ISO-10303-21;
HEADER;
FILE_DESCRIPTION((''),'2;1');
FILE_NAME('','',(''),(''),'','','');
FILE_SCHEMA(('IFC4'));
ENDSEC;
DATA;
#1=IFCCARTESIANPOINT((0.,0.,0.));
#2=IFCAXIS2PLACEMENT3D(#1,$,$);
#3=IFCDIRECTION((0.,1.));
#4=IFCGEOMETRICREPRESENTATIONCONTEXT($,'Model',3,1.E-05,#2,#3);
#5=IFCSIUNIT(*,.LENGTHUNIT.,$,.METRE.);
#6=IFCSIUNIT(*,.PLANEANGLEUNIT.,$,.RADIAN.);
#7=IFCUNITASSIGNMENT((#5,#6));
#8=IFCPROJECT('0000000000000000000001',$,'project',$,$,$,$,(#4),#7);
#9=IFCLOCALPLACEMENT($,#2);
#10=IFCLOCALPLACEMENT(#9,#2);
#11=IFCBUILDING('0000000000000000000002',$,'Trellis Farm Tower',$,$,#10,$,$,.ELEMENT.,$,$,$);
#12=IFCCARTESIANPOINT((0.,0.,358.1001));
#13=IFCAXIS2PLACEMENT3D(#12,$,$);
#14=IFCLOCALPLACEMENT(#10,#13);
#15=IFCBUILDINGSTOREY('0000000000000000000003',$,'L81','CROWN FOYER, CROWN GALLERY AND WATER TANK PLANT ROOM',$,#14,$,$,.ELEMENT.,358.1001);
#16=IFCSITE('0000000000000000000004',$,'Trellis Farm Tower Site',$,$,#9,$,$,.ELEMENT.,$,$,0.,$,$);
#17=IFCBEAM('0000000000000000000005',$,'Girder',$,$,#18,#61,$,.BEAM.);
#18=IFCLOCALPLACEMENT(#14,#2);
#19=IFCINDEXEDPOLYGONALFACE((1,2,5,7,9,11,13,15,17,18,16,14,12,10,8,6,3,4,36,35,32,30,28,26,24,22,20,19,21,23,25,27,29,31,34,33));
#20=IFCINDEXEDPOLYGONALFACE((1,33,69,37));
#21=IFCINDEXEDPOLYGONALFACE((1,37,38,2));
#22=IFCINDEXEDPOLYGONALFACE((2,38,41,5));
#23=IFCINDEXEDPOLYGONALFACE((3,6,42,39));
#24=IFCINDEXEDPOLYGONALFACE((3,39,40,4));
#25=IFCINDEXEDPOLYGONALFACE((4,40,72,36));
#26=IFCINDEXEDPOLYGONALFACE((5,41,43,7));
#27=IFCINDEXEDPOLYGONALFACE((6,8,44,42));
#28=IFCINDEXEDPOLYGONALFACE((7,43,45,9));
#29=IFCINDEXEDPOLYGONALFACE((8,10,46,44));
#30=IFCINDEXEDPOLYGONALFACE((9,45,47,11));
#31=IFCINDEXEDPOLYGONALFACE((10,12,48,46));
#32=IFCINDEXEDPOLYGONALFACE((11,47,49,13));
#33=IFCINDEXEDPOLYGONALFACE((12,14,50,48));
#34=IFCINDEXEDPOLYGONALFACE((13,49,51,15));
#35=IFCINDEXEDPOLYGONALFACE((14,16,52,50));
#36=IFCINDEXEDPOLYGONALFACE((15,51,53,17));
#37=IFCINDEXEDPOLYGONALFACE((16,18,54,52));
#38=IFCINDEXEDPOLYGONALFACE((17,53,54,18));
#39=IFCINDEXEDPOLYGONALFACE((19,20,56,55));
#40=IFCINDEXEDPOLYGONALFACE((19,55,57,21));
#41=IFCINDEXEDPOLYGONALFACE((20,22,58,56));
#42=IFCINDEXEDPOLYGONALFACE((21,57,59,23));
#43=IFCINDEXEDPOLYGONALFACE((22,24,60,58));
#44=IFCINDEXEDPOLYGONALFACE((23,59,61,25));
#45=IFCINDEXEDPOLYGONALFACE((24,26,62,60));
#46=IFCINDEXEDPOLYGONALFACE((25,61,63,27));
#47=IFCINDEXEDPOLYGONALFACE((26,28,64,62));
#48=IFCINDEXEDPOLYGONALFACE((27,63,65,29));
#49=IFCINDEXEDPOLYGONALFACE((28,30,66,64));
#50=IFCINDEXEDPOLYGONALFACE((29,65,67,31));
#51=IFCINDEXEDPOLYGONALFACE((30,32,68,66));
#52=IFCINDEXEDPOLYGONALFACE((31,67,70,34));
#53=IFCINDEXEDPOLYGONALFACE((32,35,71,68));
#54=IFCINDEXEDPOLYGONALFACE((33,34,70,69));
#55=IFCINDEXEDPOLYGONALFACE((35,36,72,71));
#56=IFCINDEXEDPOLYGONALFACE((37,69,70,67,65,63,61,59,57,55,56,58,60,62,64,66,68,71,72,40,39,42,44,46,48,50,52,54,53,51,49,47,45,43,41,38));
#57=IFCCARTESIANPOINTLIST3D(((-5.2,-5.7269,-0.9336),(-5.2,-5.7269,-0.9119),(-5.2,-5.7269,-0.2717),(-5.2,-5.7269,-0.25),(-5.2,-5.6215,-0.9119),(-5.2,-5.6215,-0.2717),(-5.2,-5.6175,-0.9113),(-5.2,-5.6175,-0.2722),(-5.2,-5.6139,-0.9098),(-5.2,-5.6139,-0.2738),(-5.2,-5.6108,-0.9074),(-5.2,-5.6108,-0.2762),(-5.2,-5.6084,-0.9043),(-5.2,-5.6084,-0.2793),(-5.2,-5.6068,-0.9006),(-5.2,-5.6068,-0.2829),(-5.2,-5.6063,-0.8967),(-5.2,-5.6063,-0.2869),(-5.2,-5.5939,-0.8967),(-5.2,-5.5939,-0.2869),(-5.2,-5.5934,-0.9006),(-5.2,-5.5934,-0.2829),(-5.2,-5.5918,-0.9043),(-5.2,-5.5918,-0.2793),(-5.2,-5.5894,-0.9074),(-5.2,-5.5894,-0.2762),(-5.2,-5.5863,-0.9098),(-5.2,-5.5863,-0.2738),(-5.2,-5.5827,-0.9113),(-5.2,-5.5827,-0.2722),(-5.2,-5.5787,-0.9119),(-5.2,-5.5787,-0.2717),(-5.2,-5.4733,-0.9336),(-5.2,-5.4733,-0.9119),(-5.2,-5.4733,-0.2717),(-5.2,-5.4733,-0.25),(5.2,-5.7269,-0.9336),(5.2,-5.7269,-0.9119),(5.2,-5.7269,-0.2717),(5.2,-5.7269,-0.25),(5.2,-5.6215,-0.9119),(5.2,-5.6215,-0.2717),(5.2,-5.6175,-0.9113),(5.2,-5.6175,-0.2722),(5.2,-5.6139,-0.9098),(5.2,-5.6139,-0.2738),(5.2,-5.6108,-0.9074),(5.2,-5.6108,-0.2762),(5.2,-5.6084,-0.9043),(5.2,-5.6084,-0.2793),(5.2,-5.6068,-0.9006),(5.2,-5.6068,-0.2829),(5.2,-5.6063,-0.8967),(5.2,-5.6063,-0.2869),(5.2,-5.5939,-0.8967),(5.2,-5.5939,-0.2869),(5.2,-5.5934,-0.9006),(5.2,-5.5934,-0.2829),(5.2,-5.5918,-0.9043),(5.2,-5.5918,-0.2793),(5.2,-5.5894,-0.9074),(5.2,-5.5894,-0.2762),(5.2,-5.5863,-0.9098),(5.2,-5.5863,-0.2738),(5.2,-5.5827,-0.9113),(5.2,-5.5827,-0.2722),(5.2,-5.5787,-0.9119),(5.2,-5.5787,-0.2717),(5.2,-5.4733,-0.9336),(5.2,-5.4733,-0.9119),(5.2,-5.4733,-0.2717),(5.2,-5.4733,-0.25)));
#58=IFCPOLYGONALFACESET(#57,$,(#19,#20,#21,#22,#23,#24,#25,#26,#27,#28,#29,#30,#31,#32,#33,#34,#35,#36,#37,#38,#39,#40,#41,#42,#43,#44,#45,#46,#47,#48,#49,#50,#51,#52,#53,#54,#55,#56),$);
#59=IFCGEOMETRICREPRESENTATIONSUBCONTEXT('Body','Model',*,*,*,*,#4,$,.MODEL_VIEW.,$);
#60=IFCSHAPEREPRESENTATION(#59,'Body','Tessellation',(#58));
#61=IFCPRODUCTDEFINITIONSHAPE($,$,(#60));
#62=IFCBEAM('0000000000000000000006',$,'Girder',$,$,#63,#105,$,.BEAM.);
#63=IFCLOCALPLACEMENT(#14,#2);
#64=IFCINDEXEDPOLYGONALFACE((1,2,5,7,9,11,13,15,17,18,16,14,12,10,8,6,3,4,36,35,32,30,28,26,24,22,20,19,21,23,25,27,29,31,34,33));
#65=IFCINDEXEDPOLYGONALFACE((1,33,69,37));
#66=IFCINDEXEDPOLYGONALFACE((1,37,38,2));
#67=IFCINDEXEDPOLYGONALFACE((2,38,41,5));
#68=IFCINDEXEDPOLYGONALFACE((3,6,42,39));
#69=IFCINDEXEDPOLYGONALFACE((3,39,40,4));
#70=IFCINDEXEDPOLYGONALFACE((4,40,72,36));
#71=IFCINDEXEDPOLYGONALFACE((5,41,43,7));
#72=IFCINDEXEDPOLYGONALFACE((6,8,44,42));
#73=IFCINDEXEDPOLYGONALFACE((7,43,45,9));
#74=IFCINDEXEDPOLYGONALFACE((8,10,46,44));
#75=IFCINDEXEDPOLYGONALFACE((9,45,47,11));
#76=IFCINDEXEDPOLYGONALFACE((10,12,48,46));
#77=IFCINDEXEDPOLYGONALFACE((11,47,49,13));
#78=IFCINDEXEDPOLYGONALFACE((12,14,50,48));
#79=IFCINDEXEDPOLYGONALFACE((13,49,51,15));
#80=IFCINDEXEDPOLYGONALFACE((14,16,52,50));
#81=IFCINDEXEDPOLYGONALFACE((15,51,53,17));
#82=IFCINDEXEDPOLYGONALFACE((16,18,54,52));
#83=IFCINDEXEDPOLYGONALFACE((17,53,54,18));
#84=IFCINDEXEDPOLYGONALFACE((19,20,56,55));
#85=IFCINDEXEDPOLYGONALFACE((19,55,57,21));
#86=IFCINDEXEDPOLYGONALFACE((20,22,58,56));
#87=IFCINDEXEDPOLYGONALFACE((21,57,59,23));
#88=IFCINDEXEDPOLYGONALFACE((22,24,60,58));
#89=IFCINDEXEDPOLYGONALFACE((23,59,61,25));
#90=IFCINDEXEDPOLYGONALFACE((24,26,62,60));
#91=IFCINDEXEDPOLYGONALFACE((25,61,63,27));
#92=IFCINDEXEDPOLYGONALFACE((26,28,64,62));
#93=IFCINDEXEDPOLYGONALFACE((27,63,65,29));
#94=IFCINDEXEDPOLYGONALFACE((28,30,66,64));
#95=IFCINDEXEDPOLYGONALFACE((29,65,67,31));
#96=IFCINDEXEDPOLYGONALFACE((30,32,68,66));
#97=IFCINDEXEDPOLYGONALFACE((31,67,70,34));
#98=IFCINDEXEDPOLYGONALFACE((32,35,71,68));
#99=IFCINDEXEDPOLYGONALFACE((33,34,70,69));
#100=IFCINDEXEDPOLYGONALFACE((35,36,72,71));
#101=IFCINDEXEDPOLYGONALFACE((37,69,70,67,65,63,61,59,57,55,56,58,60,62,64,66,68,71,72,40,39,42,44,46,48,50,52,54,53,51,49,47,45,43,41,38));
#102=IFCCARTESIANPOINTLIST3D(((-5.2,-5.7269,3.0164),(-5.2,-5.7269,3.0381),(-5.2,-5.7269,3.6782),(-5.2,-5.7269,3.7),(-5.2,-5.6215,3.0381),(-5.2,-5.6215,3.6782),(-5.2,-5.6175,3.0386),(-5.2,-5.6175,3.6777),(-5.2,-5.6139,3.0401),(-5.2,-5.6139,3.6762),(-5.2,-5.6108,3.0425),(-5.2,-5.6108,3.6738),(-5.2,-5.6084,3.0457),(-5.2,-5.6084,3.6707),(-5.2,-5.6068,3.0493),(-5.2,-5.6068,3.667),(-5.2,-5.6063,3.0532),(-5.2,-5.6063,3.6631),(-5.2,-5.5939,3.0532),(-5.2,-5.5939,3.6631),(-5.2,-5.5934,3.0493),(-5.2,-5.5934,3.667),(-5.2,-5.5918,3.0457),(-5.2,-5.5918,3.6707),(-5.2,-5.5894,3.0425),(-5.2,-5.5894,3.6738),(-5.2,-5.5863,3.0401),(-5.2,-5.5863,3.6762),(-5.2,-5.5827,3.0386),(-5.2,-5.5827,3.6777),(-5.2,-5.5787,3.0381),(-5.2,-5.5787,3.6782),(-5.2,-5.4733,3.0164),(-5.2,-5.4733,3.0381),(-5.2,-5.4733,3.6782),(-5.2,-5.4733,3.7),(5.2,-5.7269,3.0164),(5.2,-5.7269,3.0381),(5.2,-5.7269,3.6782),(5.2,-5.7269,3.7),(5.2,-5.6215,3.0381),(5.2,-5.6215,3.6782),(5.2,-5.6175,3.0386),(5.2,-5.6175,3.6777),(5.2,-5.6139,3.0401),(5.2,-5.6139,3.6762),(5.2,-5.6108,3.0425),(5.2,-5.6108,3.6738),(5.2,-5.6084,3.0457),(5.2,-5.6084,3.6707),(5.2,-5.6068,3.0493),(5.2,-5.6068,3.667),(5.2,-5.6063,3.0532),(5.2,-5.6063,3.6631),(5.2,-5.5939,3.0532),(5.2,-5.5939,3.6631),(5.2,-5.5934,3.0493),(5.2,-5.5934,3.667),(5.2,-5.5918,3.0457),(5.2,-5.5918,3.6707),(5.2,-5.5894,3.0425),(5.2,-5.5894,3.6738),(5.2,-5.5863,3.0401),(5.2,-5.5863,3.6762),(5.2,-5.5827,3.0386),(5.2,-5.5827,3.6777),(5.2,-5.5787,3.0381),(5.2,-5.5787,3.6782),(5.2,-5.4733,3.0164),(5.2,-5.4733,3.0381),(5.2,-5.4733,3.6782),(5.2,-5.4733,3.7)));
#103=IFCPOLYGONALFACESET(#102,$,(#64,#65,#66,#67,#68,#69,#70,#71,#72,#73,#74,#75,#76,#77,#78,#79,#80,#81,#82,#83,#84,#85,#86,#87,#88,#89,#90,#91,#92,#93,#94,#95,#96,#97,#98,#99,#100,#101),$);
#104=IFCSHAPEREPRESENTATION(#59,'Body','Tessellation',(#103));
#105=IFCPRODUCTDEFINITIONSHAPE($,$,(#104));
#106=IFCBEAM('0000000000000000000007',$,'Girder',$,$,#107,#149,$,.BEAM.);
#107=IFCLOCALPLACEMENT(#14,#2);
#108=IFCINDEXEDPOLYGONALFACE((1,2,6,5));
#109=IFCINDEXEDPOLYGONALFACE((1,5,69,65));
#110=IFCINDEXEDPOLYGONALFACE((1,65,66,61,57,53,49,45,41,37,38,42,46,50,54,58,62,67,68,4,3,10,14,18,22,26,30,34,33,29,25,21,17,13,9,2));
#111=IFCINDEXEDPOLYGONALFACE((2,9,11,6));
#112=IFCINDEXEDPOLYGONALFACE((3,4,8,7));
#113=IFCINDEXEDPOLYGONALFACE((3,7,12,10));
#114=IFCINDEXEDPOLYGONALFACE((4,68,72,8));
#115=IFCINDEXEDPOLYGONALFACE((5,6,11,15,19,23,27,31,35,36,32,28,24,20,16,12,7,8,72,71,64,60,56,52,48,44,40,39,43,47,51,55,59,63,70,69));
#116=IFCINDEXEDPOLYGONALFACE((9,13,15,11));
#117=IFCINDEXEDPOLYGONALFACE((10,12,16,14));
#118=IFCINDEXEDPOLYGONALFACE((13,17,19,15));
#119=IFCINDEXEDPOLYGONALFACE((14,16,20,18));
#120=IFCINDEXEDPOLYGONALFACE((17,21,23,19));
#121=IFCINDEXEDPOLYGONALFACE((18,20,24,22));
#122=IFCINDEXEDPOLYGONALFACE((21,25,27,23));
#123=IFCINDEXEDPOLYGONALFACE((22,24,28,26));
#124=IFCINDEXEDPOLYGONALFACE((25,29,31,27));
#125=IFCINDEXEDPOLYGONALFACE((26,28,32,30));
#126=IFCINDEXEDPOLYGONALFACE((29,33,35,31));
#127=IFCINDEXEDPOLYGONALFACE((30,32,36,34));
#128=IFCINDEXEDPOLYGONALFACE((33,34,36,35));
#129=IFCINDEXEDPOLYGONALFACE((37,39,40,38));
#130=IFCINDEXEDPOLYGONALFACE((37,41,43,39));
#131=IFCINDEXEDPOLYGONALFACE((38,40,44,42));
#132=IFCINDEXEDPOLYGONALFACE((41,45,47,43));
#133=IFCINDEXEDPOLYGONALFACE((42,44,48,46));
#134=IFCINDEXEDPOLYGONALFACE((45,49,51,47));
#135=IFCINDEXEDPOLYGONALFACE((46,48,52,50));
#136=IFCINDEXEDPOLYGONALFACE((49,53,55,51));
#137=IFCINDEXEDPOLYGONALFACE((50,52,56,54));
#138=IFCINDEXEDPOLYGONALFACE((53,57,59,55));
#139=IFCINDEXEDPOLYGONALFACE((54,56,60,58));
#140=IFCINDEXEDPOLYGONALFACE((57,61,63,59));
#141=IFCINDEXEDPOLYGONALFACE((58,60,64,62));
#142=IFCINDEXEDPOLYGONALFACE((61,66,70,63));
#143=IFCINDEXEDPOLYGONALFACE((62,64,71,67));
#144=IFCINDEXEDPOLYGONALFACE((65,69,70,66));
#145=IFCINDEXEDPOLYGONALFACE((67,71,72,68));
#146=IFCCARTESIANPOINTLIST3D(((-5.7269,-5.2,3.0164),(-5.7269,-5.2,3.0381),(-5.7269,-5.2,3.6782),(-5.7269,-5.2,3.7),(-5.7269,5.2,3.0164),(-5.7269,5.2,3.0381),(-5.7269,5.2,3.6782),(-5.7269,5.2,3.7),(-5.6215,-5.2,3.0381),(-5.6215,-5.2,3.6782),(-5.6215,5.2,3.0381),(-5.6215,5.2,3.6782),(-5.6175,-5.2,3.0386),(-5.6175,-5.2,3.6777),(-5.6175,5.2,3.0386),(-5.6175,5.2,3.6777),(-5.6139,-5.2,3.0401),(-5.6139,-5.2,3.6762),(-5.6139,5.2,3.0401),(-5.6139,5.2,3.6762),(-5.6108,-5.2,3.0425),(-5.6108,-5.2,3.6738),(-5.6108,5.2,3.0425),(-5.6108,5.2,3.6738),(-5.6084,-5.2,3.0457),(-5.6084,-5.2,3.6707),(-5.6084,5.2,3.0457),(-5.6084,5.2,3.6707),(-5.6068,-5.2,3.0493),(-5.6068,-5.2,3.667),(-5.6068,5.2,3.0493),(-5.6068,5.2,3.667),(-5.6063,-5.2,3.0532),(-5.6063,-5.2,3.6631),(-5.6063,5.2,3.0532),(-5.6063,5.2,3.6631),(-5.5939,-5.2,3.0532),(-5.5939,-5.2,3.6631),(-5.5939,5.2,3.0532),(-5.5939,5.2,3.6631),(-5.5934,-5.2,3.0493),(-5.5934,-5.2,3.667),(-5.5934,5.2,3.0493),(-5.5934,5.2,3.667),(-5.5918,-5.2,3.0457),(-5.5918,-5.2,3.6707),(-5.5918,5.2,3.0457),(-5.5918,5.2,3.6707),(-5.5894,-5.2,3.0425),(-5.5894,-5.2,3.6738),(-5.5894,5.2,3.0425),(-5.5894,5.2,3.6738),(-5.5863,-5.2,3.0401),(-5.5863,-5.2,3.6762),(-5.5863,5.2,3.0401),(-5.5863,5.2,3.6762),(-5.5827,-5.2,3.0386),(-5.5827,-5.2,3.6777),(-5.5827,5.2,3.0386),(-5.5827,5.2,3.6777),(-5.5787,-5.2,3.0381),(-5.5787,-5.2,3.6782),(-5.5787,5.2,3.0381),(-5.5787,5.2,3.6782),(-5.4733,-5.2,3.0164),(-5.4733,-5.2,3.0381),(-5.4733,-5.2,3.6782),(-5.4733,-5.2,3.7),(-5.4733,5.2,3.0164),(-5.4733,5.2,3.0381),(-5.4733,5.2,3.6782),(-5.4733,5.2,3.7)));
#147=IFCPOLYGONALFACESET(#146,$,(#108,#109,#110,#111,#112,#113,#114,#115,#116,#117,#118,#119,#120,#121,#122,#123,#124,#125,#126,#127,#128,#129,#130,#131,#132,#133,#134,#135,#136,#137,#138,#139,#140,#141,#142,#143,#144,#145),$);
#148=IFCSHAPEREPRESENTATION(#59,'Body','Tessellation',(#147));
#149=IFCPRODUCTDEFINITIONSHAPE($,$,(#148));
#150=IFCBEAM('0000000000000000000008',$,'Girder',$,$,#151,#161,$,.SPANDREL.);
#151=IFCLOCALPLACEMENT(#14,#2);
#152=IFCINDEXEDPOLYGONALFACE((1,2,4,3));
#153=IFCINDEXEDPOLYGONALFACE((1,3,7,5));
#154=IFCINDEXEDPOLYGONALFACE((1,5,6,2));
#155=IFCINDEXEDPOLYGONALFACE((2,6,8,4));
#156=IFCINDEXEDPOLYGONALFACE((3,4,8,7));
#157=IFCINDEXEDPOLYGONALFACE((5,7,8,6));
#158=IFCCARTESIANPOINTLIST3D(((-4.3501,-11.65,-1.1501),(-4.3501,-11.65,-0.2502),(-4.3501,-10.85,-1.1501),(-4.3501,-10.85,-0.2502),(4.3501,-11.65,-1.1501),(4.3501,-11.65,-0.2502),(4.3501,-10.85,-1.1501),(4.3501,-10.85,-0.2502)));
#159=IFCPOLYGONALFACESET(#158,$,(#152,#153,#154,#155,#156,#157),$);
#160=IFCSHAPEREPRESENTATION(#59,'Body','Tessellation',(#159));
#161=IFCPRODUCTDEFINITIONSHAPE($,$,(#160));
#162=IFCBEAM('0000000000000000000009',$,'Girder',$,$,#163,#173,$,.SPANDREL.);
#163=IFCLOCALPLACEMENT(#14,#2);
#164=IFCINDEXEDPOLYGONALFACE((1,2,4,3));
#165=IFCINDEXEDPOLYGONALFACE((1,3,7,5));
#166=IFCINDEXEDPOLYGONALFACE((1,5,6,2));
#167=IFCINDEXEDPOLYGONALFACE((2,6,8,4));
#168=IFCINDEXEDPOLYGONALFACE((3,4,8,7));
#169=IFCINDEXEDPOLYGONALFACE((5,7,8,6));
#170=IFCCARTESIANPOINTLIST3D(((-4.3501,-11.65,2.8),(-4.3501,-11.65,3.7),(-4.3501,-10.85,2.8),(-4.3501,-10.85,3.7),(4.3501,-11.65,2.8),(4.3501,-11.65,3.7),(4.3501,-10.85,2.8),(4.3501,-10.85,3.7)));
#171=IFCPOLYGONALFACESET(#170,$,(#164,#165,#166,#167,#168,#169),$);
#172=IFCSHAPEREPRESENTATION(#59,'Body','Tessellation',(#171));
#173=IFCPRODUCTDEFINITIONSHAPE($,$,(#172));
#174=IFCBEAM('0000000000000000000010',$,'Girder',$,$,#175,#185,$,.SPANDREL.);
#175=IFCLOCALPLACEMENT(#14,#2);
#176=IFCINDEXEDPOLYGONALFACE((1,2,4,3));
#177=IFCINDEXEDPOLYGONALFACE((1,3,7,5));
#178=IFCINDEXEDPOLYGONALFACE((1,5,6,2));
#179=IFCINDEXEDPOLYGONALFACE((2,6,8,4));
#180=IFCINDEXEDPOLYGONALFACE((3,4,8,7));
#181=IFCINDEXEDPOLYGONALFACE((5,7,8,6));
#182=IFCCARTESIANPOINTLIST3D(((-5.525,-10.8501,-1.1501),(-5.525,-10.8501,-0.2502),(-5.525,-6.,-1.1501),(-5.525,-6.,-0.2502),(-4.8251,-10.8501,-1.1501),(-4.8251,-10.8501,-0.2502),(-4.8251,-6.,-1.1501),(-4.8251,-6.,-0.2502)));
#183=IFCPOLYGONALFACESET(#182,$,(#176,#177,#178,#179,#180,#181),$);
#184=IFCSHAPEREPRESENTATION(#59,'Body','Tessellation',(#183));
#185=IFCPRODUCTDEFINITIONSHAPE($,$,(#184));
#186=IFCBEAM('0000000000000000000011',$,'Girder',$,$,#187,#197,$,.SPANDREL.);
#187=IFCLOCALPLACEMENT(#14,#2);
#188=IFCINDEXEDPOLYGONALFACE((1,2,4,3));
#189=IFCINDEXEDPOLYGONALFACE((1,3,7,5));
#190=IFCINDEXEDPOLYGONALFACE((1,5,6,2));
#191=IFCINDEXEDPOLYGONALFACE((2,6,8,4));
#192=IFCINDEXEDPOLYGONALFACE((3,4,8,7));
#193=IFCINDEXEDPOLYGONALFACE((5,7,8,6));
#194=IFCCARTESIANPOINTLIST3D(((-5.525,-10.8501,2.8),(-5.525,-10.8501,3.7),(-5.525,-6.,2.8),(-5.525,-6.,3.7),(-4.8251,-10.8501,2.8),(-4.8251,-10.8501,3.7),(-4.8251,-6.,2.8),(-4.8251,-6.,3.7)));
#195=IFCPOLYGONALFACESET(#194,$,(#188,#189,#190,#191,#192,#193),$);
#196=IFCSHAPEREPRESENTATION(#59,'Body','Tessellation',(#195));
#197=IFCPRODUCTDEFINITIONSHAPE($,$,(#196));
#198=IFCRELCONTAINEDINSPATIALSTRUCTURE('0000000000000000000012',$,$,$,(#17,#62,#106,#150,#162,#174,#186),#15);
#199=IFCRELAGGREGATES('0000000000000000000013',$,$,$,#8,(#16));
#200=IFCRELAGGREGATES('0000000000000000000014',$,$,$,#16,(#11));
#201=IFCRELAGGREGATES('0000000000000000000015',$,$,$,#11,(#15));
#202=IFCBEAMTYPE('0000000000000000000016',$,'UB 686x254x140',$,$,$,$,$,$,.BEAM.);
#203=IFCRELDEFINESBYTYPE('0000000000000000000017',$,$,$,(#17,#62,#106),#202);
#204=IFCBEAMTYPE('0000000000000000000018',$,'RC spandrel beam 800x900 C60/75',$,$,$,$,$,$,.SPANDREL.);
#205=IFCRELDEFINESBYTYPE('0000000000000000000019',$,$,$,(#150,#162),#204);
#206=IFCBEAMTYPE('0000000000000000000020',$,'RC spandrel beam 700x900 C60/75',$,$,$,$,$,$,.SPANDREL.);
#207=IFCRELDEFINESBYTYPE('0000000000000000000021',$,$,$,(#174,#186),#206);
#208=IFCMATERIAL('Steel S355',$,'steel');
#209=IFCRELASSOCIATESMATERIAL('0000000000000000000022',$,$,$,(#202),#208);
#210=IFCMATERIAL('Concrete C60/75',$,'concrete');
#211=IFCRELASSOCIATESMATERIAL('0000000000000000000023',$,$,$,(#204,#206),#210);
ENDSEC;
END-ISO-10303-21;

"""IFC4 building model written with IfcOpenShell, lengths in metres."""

from ifc_helpers import new_model, si_unit, direction, frame, origin, origin_2d, place, context, subcontext, project, spatial, rectangle, i_section, extrude, source, transform, mapped, material, material_profile, profile_set, type_object, element, save


model = new_model("IFC4")

# Units and contexts
model_context = context("Model", 3, precision=1e-05, world=origin(), true_north=direction((0.0, 1.0)))
body_context = subcontext(model_context, "Body", "Model", "MODEL_VIEW")
ifc_project = project(units=[si_unit("LENGTHUNIT", "METRE"), si_unit("PLANEANGLEUNIT", "RADIAN")], contexts=[model_context])

# Site, building, storey
site_placement = place(None, origin())
site = spatial("IfcSite", under=ifc_project, at=site_placement, Name="Trellis Farm Tower Site", CompositionType="ELEMENT", RefElevation=0.0)
building_placement = place(site_placement, origin())
building = spatial("IfcBuilding", under=site, at=building_placement, Name="Trellis Farm Tower", CompositionType="ELEMENT")
storey_placement = place(building_placement, frame((0.0, 0.0, 358.1001)))
storey = spatial("IfcBuildingStorey", under=building, at=storey_placement, Name="L81", Description="CROWN FOYER, CROWN GALLERY AND WATER TANK PLANT ROOM", CompositionType="ELEMENT", Elevation=358.1001)

# Beams
ifc_material_1 = material(Name="Steel S355", Category="steel")
ifc_material_profile_1 = material_profile(ifc_material_1, i_section(OverallWidth=0.2537, OverallDepth=0.6836, WebThickness=0.0125, FlangeThickness=0.0217, FilletRadius=0.0151, at=origin_2d()), Name="UB 686x254x140")
ifc_profile_set_1 = profile_set([ifc_material_profile_1], Name="Steel S355")
beam_type_1 = type_object("IfcBeamType", Name="UB 686x254x140", PredefinedType="BEAM", material=ifc_profile_set_1)
shared_shape_1 = source(origin(), body_context, "Body", "SweptSolid", [
    extrude(i_section(OverallWidth=0.2537, OverallDepth=0.6836, WebThickness=0.0125, FlangeThickness=0.0217, FilletRadius=0.0151, at=origin_2d()), origin(), (0.0, 0.0, 1.0), 10.3999),
])
for number, where, z_axis, x_axis, name in (
    (1, (-5.2, -5.6001, -0.5918), (1.0, 0.0, 0.0), (0.0, 1.0, 0.0), "Girder"),
    (2, (-5.2, -5.6001, 3.3582), (1.0, 0.0, 0.0), (0.0, 1.0, 0.0), "Girder"),
    (3, (-5.6001, -5.2, 3.3582), (0.0, 1.0, 0.0), (-1.0, 0.0, 0.0), "Girder"),
):
    element("IfcBeam", number, at=place(storey_placement, frame(where, z_axis=z_axis, x_axis=x_axis)), inside=storey, type_object=beam_type_1, Name=name, PredefinedType="BEAM", context=body_context, shape_type="MappedRepresentation", body=[
        mapped(shared_shape_1, transform((0.0, 0.0, 0.0))),
    ])
ifc_material_2 = material(Name="Concrete C60/75", Category="concrete")
ifc_material_profile_2 = material_profile(ifc_material_2, rectangle(XDim=0.8, YDim=0.8999, at=origin_2d()), Name="RC spandrel beam 800x900 C60/75")
ifc_profile_set_2 = profile_set([ifc_material_profile_2], Name="Concrete C60/75")
beam_type_2 = type_object("IfcBeamType", Name="RC spandrel beam 800x900 C60/75", PredefinedType="SPANDREL", material=ifc_profile_set_2)
shared_shape_2 = source(origin(), body_context, "Body", "SweptSolid", [
    extrude(rectangle(XDim=0.8, YDim=0.8999, at=origin_2d()), origin(), (0.0, 0.0, 1.0), 8.7002),
])
for number, where, z_axis, x_axis, name in (
    (4, (-4.3501, -11.25, -0.7002), (1.0, 0.0, 0.0), (0.0, 1.0, 0.0), "Girder"),
    (5, (-4.3501, -11.25, 3.25), (1.0, 0.0, 0.0), (0.0, 1.0, 0.0), "Girder"),
):
    element("IfcBeam", number, at=place(storey_placement, frame(where, z_axis=z_axis, x_axis=x_axis)), inside=storey, type_object=beam_type_2, Name=name, PredefinedType="SPANDREL", context=body_context, shape_type="MappedRepresentation", body=[
        mapped(shared_shape_2, transform((0.0, 0.0, 0.0))),
    ])
ifc_material_profile_3 = material_profile(ifc_material_2, rectangle(XDim=0.7, YDim=0.8999, at=origin_2d()), Name="RC spandrel beam 700x900 C60/75")
ifc_profile_set_3 = profile_set([ifc_material_profile_3], Name="Concrete C60/75")
beam_type_3 = type_object("IfcBeamType", Name="RC spandrel beam 700x900 C60/75", PredefinedType="SPANDREL", material=ifc_profile_set_3)
shared_shape_3 = source(origin(), body_context, "Body", "SweptSolid", [
    extrude(rectangle(XDim=0.7, YDim=0.8999, at=origin_2d()), origin(), (0.0, 0.0, 1.0), 4.8501),
])
for number, where, z_axis, x_axis, name in (
    (6, (-5.175, -10.8501, -0.7002), (0.0, 1.0, 0.0), (-1.0, 0.0, 0.0), "Girder"),
    (7, (-5.175, -10.8501, 3.25), (0.0, 1.0, 0.0), (-1.0, 0.0, 0.0), "Girder"),
):
    element("IfcBeam", number, at=place(storey_placement, frame(where, z_axis=z_axis, x_axis=x_axis)), inside=storey, type_object=beam_type_3, Name=name, PredefinedType="SPANDREL", context=body_context, shape_type="MappedRepresentation", body=[
        mapped(shared_shape_3, transform((0.0, 0.0, 0.0))),
    ])

save(model, "model.ifc")
